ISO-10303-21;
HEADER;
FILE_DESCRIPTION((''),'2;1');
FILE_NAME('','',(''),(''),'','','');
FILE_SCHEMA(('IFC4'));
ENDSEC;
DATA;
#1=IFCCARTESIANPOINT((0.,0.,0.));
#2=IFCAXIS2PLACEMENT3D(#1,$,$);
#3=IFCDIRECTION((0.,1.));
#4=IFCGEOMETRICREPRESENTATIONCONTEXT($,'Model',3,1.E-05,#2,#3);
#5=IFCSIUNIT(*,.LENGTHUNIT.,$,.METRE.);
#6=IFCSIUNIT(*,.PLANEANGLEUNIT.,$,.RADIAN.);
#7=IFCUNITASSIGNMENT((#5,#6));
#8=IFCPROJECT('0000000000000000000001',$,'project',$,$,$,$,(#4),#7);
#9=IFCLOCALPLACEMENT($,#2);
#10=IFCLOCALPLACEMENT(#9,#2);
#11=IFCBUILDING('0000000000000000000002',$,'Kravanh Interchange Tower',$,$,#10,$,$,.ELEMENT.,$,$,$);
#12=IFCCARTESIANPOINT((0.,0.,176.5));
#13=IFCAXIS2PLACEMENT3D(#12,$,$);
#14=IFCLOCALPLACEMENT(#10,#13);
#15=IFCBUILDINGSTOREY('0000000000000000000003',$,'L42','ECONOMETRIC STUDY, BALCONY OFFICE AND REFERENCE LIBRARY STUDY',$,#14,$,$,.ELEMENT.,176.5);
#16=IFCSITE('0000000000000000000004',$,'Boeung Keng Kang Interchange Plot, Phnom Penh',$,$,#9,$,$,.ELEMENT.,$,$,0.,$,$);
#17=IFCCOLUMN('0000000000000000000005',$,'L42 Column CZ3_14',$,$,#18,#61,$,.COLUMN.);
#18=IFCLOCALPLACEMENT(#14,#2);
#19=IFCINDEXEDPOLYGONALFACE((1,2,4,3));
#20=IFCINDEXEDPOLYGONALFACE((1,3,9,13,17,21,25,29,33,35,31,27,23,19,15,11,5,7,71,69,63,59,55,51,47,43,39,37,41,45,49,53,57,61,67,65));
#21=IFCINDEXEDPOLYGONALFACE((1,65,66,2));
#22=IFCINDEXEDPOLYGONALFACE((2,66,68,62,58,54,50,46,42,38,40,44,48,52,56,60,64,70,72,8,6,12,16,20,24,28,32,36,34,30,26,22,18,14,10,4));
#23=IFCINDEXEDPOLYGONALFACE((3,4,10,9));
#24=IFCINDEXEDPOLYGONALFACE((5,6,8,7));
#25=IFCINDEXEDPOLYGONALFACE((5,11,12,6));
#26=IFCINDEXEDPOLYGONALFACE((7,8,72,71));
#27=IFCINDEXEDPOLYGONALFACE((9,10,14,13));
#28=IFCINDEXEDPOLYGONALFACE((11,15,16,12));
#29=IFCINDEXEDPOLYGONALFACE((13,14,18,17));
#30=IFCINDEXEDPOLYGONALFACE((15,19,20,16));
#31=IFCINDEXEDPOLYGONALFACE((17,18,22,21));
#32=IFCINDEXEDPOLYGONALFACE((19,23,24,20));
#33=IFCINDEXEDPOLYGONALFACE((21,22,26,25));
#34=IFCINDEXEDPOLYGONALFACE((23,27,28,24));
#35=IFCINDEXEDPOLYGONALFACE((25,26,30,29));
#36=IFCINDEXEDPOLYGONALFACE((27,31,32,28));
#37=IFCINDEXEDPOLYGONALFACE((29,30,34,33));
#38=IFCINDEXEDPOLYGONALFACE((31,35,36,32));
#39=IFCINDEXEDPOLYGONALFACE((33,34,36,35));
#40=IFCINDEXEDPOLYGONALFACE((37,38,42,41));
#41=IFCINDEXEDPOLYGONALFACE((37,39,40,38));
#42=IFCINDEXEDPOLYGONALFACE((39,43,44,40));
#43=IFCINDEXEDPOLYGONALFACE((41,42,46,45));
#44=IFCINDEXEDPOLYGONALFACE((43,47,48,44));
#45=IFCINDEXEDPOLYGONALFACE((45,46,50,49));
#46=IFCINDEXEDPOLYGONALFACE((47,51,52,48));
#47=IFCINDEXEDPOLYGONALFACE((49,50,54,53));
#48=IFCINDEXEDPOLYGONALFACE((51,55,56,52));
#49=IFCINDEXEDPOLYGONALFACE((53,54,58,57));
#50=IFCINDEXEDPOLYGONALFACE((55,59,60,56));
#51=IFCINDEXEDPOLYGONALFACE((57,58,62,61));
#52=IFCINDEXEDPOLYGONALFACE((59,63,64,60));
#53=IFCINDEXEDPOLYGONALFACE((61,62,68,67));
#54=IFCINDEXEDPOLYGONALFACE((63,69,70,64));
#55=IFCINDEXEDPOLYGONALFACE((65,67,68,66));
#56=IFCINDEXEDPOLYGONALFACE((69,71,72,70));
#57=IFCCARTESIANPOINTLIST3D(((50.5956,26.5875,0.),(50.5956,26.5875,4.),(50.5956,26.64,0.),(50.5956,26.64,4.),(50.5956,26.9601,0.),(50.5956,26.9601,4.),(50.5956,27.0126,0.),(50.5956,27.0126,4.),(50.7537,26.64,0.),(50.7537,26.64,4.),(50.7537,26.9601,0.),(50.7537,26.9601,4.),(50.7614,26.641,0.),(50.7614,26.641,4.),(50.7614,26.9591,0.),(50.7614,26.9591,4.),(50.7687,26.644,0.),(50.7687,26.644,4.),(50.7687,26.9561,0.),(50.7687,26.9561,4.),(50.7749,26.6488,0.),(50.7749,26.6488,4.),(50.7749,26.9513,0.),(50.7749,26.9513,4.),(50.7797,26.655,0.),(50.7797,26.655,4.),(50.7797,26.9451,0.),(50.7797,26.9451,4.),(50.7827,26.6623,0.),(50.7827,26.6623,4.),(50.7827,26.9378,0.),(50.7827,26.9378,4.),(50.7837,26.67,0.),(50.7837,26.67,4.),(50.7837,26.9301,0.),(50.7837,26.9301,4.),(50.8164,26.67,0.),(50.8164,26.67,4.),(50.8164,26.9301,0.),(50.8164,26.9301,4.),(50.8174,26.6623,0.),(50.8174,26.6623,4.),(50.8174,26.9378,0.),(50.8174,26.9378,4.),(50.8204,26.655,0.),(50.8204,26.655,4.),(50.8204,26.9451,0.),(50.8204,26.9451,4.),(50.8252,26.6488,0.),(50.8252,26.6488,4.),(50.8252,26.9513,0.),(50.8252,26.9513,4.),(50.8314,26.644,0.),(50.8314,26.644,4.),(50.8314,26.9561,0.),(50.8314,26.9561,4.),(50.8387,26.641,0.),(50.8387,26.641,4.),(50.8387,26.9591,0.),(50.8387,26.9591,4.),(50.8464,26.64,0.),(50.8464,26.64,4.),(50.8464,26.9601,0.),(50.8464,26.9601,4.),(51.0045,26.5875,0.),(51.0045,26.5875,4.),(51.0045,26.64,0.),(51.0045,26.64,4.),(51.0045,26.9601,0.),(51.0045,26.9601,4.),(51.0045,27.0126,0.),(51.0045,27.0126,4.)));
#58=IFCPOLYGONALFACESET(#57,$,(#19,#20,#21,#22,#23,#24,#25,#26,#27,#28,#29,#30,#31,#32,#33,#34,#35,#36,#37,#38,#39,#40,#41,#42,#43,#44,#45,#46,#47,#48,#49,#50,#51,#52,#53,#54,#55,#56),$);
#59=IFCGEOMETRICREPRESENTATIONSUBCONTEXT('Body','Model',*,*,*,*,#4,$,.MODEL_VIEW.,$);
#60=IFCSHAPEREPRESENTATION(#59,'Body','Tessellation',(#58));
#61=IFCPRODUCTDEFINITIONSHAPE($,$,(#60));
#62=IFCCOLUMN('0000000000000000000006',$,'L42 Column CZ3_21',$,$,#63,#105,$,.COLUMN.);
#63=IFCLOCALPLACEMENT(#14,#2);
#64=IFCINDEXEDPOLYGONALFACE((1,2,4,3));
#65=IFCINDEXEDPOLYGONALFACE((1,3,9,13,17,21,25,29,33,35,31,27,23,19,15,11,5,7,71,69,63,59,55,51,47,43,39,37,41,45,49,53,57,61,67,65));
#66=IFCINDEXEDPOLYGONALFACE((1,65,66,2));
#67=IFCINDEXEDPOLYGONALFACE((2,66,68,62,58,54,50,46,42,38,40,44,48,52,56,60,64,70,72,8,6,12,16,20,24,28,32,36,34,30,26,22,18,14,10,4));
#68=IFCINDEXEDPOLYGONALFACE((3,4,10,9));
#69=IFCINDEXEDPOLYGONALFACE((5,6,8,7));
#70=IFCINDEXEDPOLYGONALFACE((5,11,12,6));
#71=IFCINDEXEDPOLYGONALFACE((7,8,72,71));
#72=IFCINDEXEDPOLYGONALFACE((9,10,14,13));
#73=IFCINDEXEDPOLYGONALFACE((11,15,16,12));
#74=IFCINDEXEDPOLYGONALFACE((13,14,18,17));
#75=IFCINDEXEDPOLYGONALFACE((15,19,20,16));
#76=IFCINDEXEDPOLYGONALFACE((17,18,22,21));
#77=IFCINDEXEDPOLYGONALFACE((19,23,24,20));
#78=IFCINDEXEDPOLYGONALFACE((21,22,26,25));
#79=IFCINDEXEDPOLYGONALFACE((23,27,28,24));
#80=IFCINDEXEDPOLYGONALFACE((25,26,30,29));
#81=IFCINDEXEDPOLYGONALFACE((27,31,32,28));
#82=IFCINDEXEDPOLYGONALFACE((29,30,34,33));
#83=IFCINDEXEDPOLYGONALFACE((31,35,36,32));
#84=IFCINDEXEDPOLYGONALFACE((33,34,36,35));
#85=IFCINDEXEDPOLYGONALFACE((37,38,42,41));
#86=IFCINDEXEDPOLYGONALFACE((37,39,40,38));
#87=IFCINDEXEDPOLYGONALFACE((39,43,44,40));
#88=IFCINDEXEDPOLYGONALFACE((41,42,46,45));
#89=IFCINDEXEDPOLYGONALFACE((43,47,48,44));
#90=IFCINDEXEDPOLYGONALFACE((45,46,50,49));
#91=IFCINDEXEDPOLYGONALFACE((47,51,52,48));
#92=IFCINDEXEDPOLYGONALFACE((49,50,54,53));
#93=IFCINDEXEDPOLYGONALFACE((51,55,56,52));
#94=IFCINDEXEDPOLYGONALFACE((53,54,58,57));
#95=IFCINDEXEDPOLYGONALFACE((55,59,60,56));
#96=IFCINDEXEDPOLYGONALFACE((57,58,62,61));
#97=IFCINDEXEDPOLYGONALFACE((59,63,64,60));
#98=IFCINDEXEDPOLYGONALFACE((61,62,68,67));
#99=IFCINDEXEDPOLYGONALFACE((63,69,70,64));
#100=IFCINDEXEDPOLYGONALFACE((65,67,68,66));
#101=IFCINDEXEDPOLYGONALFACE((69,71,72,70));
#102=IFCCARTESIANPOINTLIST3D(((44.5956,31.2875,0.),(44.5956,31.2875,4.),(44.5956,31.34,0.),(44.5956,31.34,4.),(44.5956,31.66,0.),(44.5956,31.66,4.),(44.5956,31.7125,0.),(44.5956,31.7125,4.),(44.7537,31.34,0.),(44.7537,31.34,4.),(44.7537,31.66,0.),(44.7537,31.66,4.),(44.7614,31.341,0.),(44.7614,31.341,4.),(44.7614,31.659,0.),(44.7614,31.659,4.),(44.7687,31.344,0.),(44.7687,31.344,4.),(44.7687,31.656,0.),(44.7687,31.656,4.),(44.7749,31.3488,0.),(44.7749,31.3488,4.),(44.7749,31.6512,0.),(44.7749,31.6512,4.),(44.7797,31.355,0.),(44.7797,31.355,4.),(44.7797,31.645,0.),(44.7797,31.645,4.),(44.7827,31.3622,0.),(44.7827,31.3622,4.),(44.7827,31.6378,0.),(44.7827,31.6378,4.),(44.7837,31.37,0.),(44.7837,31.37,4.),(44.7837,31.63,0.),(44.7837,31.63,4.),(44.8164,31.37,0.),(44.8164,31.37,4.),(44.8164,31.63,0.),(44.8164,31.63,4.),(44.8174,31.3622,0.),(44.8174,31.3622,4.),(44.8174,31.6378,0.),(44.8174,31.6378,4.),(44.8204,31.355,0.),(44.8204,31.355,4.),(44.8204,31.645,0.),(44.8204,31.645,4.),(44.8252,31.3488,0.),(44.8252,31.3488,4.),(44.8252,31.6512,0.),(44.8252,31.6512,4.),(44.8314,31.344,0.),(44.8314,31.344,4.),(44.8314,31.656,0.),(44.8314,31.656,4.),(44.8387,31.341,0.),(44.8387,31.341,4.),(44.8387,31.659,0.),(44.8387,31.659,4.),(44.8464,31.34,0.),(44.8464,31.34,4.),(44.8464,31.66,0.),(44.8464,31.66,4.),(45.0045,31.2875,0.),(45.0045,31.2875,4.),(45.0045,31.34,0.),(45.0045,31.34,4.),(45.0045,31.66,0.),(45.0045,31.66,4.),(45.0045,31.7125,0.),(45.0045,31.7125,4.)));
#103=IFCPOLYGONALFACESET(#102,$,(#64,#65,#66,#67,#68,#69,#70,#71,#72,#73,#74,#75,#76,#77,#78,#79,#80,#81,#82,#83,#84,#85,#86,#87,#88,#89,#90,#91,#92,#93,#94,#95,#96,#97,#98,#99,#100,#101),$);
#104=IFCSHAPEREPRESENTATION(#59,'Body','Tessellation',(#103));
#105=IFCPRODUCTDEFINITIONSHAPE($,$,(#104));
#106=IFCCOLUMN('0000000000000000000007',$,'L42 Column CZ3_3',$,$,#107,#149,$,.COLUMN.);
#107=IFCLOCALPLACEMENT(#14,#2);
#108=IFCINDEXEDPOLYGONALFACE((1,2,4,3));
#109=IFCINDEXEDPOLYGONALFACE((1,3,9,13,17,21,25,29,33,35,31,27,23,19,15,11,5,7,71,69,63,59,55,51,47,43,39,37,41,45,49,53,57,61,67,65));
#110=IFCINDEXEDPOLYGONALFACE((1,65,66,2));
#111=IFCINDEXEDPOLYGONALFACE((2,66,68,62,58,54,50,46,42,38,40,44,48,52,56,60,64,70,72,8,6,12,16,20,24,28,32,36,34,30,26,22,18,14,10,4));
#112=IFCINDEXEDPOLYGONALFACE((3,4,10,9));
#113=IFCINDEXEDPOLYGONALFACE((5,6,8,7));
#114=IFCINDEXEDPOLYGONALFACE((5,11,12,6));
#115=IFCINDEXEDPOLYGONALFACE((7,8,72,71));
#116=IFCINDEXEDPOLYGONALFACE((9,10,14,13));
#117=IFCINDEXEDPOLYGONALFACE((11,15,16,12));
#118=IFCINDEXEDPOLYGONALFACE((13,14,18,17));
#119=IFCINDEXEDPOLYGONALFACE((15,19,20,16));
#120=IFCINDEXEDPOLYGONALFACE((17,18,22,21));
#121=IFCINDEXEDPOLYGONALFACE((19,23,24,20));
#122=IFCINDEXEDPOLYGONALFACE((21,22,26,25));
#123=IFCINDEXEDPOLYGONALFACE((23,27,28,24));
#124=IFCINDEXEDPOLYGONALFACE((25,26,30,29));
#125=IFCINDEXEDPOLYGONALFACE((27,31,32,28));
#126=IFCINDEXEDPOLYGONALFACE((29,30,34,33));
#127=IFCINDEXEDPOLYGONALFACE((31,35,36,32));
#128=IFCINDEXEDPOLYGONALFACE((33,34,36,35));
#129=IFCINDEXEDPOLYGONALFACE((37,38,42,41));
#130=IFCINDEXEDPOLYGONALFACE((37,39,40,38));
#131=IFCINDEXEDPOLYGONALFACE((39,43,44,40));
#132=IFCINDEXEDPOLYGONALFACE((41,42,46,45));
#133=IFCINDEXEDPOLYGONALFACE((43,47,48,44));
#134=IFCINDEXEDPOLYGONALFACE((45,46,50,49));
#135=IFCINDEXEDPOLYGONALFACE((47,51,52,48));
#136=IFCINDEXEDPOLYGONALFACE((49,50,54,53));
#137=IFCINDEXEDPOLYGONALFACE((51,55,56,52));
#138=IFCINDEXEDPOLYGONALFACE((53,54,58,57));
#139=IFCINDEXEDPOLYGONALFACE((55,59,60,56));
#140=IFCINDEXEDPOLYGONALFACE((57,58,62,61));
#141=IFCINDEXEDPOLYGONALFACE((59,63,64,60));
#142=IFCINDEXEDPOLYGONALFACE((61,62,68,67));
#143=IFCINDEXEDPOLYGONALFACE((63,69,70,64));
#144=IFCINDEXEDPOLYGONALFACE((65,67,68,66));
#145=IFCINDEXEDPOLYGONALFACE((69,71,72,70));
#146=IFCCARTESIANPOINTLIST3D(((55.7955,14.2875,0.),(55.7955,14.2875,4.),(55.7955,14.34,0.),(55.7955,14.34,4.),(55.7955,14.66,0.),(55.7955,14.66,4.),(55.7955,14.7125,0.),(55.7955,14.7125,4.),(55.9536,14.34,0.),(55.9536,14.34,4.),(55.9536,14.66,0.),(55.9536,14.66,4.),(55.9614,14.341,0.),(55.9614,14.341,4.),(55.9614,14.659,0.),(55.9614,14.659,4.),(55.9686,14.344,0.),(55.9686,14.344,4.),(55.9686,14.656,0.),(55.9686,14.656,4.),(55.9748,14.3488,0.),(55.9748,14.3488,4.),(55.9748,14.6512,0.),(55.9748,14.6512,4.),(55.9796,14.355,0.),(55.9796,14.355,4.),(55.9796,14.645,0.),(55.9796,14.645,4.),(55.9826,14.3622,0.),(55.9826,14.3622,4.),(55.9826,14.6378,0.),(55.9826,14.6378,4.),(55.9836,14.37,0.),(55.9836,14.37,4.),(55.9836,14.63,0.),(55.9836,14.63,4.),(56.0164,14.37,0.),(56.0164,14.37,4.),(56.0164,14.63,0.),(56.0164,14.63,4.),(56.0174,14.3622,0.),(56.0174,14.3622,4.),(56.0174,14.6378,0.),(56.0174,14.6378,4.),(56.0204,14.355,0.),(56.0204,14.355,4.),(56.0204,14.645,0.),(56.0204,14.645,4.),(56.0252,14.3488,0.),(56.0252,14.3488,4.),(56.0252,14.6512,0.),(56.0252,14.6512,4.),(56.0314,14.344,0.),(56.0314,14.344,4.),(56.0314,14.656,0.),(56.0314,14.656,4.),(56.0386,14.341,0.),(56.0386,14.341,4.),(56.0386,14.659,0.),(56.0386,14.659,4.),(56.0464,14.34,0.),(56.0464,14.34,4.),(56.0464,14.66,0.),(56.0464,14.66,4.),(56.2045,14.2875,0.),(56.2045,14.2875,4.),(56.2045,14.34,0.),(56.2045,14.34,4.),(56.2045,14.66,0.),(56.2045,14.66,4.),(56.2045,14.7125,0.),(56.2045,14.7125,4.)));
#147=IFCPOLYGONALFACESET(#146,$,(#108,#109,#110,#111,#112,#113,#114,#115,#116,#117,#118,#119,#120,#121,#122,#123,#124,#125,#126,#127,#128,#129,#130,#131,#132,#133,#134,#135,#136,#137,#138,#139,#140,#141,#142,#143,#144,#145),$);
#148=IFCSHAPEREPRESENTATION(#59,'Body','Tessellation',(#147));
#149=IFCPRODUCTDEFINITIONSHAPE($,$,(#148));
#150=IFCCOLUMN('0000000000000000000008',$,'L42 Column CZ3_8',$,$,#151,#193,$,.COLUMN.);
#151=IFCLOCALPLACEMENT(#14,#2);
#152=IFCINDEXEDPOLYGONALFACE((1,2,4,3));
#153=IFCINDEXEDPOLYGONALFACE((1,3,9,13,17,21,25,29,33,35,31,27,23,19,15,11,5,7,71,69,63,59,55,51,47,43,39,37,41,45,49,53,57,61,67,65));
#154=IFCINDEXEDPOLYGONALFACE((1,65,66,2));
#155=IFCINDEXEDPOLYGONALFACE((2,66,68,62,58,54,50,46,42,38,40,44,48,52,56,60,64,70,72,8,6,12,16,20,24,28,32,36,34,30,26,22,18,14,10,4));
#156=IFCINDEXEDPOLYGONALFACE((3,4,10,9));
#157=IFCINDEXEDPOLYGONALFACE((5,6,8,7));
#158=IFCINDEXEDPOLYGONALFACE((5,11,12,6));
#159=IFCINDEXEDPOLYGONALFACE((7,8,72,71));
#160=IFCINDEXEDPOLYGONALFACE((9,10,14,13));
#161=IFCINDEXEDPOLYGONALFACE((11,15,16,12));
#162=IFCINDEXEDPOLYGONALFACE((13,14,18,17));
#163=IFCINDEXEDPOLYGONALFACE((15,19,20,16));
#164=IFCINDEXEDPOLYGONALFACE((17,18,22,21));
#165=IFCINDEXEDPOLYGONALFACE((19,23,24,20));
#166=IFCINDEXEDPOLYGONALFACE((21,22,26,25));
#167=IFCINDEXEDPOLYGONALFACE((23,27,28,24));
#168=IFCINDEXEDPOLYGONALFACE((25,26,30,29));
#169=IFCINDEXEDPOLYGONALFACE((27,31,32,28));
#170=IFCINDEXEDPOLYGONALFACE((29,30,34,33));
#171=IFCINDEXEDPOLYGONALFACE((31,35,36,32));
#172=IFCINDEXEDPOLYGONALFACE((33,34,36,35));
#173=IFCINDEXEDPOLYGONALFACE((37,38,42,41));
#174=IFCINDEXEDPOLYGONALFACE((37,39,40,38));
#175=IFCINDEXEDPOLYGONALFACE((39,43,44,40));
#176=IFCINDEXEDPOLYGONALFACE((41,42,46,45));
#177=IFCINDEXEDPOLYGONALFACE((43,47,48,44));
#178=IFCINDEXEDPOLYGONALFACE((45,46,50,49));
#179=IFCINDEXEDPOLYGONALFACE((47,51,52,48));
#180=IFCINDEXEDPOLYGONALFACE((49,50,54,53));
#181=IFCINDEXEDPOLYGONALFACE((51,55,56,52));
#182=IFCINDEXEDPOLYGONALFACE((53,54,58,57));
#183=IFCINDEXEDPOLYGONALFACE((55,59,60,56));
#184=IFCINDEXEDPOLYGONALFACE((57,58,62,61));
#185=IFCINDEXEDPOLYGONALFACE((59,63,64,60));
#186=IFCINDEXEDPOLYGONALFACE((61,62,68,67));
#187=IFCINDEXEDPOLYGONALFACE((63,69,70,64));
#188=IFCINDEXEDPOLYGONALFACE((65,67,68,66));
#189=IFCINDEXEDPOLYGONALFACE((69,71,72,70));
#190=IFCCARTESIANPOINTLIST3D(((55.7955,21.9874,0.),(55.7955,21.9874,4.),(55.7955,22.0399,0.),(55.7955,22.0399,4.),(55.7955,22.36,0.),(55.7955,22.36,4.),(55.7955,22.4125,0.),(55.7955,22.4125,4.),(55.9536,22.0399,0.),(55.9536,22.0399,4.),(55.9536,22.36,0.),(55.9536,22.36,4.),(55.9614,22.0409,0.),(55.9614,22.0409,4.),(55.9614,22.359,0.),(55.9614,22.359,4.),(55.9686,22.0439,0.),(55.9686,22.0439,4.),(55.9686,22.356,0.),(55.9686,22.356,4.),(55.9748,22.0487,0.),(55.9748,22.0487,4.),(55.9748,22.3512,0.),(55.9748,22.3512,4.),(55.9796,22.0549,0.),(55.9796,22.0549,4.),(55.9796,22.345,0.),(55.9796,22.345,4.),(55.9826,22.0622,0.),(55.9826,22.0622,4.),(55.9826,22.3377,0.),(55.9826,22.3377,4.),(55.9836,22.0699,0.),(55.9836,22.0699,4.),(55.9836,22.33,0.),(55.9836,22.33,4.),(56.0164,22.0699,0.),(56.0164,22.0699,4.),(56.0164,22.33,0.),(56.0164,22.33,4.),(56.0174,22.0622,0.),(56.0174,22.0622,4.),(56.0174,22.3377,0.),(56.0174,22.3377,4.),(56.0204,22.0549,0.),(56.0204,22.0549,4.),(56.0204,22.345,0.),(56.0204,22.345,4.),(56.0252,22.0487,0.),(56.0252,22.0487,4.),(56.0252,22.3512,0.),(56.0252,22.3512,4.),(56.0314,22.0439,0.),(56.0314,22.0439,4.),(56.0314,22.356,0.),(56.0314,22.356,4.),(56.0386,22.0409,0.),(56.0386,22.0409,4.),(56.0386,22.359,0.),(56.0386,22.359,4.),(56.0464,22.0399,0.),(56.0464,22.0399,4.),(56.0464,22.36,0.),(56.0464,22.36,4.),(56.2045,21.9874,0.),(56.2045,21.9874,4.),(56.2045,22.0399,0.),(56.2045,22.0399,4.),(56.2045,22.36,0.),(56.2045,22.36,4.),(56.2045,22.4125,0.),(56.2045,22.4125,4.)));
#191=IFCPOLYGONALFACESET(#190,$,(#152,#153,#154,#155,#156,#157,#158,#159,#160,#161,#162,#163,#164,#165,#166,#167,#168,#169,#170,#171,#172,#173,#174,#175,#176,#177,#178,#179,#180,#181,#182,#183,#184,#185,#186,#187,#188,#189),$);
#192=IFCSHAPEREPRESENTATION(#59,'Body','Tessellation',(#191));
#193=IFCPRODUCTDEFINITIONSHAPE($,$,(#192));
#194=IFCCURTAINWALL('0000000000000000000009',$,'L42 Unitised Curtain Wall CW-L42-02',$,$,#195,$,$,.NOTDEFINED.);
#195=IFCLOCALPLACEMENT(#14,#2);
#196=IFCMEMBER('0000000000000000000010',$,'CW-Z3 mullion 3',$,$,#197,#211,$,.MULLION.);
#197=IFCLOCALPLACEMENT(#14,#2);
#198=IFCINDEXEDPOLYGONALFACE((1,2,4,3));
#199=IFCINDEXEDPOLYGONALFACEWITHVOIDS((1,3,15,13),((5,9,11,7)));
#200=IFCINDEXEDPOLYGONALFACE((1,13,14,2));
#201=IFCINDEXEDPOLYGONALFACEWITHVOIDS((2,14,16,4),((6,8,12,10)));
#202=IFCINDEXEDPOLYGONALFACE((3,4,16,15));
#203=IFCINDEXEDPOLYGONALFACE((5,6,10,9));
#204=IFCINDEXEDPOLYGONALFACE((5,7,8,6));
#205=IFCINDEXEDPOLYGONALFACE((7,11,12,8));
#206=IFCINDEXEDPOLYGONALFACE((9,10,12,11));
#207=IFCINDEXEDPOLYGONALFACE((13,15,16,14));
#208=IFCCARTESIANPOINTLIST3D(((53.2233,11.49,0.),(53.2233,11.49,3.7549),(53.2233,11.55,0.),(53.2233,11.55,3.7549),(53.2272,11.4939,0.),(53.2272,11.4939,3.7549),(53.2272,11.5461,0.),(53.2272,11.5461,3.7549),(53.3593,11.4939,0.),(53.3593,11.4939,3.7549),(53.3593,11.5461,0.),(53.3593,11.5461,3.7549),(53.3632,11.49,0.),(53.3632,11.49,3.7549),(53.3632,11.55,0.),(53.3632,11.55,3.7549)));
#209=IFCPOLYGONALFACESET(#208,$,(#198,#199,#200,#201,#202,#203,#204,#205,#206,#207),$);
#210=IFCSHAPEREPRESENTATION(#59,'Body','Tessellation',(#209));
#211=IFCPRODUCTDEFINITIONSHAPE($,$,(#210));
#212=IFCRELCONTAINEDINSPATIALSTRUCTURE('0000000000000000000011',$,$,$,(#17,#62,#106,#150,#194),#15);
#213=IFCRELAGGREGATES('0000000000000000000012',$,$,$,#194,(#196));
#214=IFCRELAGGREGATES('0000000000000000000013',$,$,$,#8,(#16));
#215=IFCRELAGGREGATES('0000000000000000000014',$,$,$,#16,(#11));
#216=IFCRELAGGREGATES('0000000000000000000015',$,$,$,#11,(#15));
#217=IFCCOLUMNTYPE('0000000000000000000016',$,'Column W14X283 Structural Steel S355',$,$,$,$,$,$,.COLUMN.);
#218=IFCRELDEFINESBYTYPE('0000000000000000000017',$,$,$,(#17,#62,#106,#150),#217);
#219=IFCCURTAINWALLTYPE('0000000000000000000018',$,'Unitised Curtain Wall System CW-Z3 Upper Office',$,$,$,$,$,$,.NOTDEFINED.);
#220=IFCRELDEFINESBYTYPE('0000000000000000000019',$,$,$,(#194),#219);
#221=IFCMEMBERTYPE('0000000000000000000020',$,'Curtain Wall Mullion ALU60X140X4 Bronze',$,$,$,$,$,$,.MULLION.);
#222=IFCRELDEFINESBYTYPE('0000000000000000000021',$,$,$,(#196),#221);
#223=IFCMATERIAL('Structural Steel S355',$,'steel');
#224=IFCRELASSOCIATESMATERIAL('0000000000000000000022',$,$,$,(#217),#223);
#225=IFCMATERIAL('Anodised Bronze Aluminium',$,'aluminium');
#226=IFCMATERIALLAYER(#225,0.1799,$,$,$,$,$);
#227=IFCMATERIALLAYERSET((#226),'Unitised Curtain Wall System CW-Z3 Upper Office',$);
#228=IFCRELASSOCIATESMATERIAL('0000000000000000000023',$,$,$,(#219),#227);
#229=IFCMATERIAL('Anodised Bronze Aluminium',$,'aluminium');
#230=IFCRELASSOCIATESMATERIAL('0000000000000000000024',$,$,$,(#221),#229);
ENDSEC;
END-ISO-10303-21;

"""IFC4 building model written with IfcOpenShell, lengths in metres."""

from ifc_helpers import new_model, si_unit, direction, frame, origin, origin_2d, place, context, subcontext, project, spatial, hollow_rectangle, i_section, extrude, material, layer, layer_set, material_profile, profile_set, type_object, element, aggregate, save


model = new_model("IFC4")

# Units and contexts
model_context = context("Model", 3, precision=1e-05, world=origin(), true_north=direction((0.0, 1.0)))
body_context = subcontext(model_context, "Body", "Model", "MODEL_VIEW")
ifc_project = project(units=[si_unit("LENGTHUNIT", "METRE"), si_unit("PLANEANGLEUNIT", "RADIAN")], contexts=[model_context])

# Site, building, storey
site_placement = place(None, origin())
site = spatial("IfcSite", under=ifc_project, at=site_placement, Name="Boeung Keng Kang Interchange Plot, Phnom Penh", CompositionType="ELEMENT", RefElevation=0.0)
building_placement = place(site_placement, origin())
building = spatial("IfcBuilding", under=site, at=building_placement, Name="Kravanh Interchange Tower", CompositionType="ELEMENT")
storey_placement = place(building_placement, frame((0.0, 0.0, 176.5)))
storey = spatial("IfcBuildingStorey", under=building, at=storey_placement, Name="L42", Description="ECONOMETRIC STUDY, BALCONY OFFICE AND REFERENCE LIBRARY STUDY", CompositionType="ELEMENT", Elevation=176.5)

# Columns
ifc_material_1 = material(Name="Structural Steel S355", Category="steel")
ifc_material_profile_1 = material_profile(ifc_material_1, i_section(OverallWidth=0.4089, OverallDepth=0.425, WebThickness=0.0327, FlangeThickness=0.0525, FilletRadius=0.03, at=origin_2d()), Name="W14X283")
ifc_profile_set_1 = profile_set([ifc_material_profile_1], Name="Structural Steel S355")
column_type = type_object("IfcColumnType", Name="Column W14X283 Structural Steel S355", PredefinedType="COLUMN", material=ifc_profile_set_1)
for number, where, z_axis, x_axis, name in (
    (1, (50.8, 26.8, 0.0), (0.0, 0.0, 1.0), (1.0, 0.0, 0.0), "L42 Column CZ3_14"),
    (2, (44.8, 31.5, 0.0), (0.0, 0.0, 1.0), (1.0, 0.0, 0.0), "L42 Column CZ3_21"),
    (3, (56.0, 14.5, 0.0), (0.0, 0.0, 1.0), (1.0, 0.0, 0.0), "L42 Column CZ3_3"),
    (4, (56.0, 22.2, 0.0), (0.0, 0.0, 1.0), (1.0, 0.0, 0.0), "L42 Column CZ3_8"),
):
    element("IfcColumn", number, at=place(storey_placement, frame(where, z_axis=z_axis, x_axis=x_axis)), inside=storey, type_object=column_type, Name=name, PredefinedType="COLUMN", context=body_context, shape_type="SweptSolid", body=[
        extrude(i_section(OverallWidth=0.4089, OverallDepth=0.425, WebThickness=0.0327, FlangeThickness=0.0525, FilletRadius=0.03, at=origin_2d()), origin(), (0.0, 0.0, 1.0), 4.0),
    ])

# Curtain wall, member
ifc_material_2 = material(Name="Anodised Bronze Aluminium", Category="aluminium")
ifc_layer_1 = layer(ifc_material_2, 0.1799)
ifc_layer_set_1 = layer_set([ifc_layer_1], Name="Unitised Curtain Wall System CW-Z3 Upper Office")
curtain_wall_type = type_object("IfcCurtainWallType", Name="Unitised Curtain Wall System CW-Z3 Upper Office", PredefinedType="NOTDEFINED", material=ifc_layer_set_1)
curtain_wall_1_placement = place(storey_placement, origin())
curtain_wall_1 = element("IfcCurtainWall", 5, at=curtain_wall_1_placement, inside=storey, type_object=curtain_wall_type, Name="L42 Unitised Curtain Wall CW-L42-02", PredefinedType="NOTDEFINED")
ifc_material_3 = material(Name="Anodised Bronze Aluminium", Category="aluminium")
ifc_material_profile_2 = material_profile(ifc_material_3, hollow_rectangle(XDim=0.0601, YDim=0.1399, WallThickness=0.0039, at=origin_2d()), Name="ALU60X140X4")
ifc_profile_set_2 = profile_set([ifc_material_profile_2], Name="Anodised Bronze Aluminium")
member_type_1 = type_object("IfcMemberType", Name="Curtain Wall Mullion ALU60X140X4 Bronze", PredefinedType="MULLION", material=ifc_profile_set_2)
member_1_placement = place(storey_placement, frame((53.2932, 11.52, 0.0), z_axis=(0.0, 0.0, 1.0), x_axis=(0.0, -1.0, 0.0)))
member_1 = element("IfcMember", 6, at=member_1_placement, type_object=member_type_1, Name="CW-Z3 mullion 3", PredefinedType="MULLION", context=body_context, shape_type="SweptSolid", body=[
    extrude(hollow_rectangle(XDim=0.0601, YDim=0.1399, WallThickness=0.0039, at=origin_2d()), origin(), (0.0, 0.0, 1.0), 3.7549),
])

aggregate(curtain_wall_1, [member_1])

save(model, "model.ifc")
